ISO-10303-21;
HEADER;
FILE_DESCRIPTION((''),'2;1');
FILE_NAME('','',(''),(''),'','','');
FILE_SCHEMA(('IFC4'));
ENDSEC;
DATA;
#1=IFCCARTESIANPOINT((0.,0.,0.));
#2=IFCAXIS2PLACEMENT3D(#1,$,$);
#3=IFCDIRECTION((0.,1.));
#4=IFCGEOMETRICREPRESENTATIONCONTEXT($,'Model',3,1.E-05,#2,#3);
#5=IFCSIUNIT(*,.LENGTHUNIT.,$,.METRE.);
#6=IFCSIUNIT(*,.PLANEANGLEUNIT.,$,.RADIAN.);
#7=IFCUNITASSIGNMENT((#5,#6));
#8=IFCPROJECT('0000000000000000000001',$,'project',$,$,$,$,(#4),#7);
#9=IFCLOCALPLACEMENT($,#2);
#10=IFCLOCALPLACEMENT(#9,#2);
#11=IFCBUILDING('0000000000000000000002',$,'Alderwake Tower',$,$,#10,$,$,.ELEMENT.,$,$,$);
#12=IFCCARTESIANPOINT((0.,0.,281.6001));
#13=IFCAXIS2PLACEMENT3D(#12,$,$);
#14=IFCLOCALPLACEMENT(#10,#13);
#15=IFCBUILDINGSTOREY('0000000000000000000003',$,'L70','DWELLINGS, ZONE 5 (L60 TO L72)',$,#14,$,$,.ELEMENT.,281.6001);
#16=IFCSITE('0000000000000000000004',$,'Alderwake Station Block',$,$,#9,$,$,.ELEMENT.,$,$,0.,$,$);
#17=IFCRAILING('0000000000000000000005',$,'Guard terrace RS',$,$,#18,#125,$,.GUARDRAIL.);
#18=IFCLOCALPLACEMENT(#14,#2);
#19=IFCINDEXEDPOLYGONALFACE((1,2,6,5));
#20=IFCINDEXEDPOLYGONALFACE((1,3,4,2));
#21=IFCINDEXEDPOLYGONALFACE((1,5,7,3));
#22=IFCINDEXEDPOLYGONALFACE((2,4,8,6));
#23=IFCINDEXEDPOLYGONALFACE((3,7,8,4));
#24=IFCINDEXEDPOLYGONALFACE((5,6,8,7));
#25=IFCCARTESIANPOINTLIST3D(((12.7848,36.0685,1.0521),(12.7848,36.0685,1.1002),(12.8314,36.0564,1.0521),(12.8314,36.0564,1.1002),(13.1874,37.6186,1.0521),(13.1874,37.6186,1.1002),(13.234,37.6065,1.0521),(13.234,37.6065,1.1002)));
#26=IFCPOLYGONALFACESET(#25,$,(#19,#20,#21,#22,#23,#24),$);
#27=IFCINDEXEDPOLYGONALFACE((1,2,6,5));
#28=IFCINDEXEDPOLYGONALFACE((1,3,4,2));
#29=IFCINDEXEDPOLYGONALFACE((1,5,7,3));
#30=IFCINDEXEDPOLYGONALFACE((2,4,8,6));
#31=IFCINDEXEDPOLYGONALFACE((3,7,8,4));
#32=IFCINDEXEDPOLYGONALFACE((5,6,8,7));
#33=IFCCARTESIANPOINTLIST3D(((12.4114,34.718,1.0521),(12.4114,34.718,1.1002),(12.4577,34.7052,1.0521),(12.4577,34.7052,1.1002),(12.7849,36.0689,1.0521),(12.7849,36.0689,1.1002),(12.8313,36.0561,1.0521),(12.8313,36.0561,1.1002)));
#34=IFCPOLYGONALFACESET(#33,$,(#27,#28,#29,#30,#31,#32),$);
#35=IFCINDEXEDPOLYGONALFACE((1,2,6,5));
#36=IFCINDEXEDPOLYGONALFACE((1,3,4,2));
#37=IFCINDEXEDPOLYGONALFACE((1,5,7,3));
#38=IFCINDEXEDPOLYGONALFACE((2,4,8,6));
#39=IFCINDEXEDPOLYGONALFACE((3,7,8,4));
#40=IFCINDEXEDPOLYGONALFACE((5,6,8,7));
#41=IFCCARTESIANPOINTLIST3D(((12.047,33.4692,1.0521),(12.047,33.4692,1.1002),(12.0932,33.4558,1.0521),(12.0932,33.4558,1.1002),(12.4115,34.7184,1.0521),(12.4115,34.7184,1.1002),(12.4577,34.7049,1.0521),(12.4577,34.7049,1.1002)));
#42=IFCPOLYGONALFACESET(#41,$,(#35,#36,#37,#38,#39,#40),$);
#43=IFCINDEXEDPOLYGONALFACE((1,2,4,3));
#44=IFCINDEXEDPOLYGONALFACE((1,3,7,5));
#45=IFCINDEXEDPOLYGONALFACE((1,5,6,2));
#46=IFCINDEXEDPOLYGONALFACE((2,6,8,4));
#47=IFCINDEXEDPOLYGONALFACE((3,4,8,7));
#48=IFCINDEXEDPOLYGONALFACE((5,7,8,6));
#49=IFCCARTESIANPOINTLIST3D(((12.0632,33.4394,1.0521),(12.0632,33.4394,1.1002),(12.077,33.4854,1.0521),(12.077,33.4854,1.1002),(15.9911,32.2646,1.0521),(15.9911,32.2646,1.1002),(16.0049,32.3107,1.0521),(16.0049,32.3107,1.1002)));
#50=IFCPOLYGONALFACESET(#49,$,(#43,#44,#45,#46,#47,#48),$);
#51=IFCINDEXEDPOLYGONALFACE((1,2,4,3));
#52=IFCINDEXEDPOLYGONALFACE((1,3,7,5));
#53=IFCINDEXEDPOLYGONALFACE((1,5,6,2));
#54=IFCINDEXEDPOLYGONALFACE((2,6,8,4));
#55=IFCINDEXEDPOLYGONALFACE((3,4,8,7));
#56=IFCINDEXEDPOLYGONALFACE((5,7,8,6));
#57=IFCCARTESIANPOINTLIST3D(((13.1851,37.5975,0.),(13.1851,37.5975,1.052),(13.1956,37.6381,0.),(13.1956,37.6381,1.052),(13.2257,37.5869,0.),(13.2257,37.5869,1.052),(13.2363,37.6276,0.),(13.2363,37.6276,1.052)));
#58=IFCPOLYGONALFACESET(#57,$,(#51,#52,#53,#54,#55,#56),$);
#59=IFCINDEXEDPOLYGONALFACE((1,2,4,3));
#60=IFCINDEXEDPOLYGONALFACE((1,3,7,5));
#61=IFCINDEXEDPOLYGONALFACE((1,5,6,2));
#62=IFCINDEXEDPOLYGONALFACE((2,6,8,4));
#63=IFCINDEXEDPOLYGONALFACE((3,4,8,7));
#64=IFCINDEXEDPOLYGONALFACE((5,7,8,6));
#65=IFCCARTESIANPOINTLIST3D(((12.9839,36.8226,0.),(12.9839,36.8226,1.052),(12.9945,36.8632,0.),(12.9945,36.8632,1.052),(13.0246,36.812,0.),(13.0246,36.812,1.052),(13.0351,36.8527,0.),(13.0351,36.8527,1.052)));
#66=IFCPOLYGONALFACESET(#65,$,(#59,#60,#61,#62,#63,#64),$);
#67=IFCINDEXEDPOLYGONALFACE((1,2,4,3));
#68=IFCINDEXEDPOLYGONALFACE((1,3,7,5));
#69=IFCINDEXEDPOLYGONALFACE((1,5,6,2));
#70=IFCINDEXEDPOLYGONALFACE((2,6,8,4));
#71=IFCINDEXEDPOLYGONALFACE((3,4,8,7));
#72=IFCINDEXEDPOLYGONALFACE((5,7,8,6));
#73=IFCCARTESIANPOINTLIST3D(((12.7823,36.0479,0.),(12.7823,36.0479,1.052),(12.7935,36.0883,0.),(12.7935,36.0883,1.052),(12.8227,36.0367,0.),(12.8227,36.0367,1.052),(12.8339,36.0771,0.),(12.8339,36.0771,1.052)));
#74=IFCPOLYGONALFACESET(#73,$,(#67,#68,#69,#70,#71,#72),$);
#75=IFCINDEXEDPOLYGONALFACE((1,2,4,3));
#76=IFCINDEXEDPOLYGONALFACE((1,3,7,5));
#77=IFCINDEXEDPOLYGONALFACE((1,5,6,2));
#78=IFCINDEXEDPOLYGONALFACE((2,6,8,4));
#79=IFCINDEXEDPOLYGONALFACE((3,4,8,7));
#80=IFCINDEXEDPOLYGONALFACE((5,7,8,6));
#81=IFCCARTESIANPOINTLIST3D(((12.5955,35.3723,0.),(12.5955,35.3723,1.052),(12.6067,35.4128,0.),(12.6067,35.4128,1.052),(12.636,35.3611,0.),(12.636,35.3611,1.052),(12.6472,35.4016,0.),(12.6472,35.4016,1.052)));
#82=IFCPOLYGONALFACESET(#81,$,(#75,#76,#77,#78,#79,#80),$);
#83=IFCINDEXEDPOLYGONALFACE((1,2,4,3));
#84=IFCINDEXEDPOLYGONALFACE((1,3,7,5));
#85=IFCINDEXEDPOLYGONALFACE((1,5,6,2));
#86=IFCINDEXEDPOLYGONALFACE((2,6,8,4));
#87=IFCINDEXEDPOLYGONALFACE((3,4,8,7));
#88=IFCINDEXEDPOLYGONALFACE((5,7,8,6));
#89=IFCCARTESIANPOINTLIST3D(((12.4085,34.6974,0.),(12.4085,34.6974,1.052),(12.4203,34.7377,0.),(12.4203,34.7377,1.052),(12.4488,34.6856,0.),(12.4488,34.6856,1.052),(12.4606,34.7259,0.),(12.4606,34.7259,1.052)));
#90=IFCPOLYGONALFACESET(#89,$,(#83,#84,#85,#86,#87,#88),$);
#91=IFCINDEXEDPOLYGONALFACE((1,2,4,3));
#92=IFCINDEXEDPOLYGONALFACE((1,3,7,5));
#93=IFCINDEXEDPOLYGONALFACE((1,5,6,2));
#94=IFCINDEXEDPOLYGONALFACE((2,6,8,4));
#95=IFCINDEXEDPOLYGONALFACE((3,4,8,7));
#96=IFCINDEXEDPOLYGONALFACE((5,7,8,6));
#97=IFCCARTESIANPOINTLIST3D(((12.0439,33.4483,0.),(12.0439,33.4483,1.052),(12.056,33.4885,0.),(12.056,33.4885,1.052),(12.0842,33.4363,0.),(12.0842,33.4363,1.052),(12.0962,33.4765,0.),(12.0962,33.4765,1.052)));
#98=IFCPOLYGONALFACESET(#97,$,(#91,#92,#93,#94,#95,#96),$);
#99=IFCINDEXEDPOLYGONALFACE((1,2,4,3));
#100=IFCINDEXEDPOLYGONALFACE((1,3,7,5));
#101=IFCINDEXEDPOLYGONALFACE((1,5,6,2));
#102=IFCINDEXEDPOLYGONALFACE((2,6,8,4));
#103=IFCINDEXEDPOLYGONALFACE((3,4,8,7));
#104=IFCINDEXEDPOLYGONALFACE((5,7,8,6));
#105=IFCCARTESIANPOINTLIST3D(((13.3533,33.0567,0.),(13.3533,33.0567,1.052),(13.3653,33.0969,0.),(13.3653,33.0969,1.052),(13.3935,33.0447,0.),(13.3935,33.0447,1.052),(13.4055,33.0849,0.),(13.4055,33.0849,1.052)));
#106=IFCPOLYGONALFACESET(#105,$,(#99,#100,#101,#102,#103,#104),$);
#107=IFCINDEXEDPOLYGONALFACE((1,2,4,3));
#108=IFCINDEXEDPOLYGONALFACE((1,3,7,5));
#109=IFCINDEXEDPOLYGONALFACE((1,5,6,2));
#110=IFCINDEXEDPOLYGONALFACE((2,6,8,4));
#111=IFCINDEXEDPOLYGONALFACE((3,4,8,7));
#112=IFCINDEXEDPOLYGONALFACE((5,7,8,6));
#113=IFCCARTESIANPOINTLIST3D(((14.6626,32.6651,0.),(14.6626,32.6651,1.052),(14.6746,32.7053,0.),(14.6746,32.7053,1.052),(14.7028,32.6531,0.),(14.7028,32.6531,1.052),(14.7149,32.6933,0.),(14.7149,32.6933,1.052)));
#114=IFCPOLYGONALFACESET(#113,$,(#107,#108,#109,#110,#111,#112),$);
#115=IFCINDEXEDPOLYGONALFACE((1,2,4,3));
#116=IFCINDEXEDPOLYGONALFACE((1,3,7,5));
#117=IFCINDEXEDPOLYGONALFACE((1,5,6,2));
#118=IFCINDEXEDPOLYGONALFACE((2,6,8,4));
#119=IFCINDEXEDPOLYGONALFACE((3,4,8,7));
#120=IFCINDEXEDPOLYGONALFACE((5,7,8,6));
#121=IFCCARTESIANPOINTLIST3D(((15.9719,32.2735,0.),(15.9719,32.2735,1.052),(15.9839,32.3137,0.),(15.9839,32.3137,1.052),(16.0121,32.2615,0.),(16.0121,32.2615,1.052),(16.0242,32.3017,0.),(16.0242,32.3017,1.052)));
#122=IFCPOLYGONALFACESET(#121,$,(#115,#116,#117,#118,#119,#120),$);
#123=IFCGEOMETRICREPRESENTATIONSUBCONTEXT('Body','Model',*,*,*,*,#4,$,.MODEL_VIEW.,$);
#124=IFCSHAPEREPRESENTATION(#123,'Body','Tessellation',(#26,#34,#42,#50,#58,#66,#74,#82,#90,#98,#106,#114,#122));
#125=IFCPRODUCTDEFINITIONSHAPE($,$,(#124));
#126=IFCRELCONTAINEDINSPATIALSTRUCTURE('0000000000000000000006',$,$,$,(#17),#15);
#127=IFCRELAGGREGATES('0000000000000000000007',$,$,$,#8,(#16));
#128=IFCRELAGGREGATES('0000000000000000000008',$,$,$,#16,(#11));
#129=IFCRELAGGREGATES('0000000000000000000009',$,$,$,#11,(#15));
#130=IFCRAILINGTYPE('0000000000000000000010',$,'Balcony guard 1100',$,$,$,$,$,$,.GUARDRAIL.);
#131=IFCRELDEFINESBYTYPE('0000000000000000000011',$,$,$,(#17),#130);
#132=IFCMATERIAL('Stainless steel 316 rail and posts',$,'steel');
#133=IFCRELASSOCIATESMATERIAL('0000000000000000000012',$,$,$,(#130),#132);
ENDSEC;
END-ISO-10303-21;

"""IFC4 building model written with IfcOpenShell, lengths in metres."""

from ifc_helpers import new_model, si_unit, direction, frame, origin, origin_2d, place, context, subcontext, project, spatial, rectangle, extrude, material, type_object, element, save


model = new_model("IFC4")

# Units and contexts
model_context = context("Model", 3, precision=1e-05, world=origin(), true_north=direction((0.0, 1.0)))
body_context = subcontext(model_context, "Body", "Model", "MODEL_VIEW")
ifc_project = project(units=[si_unit("LENGTHUNIT", "METRE"), si_unit("PLANEANGLEUNIT", "RADIAN")], contexts=[model_context])

# Site, building, storey
site_placement = place(None, origin())
site = spatial("IfcSite", under=ifc_project, at=site_placement, Name="Alderwake Station Block", CompositionType="ELEMENT", RefElevation=0.0)
building_placement = place(site_placement, origin())
building = spatial("IfcBuilding", under=site, at=building_placement, Name="Alderwake Tower", CompositionType="ELEMENT")
storey_placement = place(building_placement, frame((0.0, 0.0, 281.6001)))
storey = spatial("IfcBuildingStorey", under=building, at=storey_placement, Name="L70", Description="DWELLINGS, ZONE 5 (L60 TO L72)", CompositionType="ELEMENT", Elevation=281.6001)

# Railing
ifc_material_1 = material(Name="Stainless steel 316 rail and posts", Category="steel")
railing_type = type_object("IfcRailingType", Name="Balcony guard 1100", PredefinedType="GUARDRAIL", material=ifc_material_1)
railing_placement = place(storey_placement, frame((13.2107, 37.6125, 0.0)))
element("IfcRailing", 1, at=railing_placement, inside=storey, type_object=railing_type, Name="Guard terrace RS", PredefinedType="GUARDRAIL", context=body_context, shape_type="SweptSolid", body=[
    extrude(rectangle(XDim=0.0481, YDim=0.0481, at=origin_2d()), frame((0.0, 0.0, 1.0762), z_axis=(-0.251385, -0.967887, 0.0), x_axis=(0.967887, -0.251385, 0.0)), (0.0, 0.0, 1.0), 1.6016),
    extrude(rectangle(XDim=0.0481, YDim=0.0481, at=origin_2d()), frame((-0.4026, -1.55, 1.0762), z_axis=(-0.266521, -0.963829, 0.0), x_axis=(0.963829, -0.266521, 0.0)), (0.0, 0.0, 1.0), 1.4016),
    extrude(rectangle(XDim=0.0481, YDim=0.0481, at=origin_2d()), frame((-0.7761, -2.9009, 1.0762), z_axis=(-0.280094, -0.959973, 0.0), x_axis=(0.959973, -0.280094, 0.0)), (0.0, 0.0, 1.0), 1.3013),
    extrude(rectangle(XDim=0.0481, YDim=0.0481, at=origin_2d()), frame((-1.1406, -4.1501, 1.0762), z_axis=(0.958067, -0.286545, 0.0), x_axis=(0.286545, 0.958067, 0.0)), (0.0, 0.0, 1.0), 4.0999),
    extrude(rectangle(XDim=0.042, YDim=0.042, at=origin_2d()), frame((0.0, 0.0, 0.0), z_axis=(0.0, 0.0, 1.0), x_axis=(-0.251385, -0.967887, 0.0)), (0.0, 0.0, 1.0), 1.052),
    extrude(rectangle(XDim=0.042, YDim=0.042, at=origin_2d()), frame((-0.2012, -0.7749, 0.0), z_axis=(0.0, 0.0, 1.0), x_axis=(-0.251385, -0.967887, 0.0)), (0.0, 0.0, 1.0), 1.052),
    extrude(rectangle(XDim=0.042, YDim=0.042, at=origin_2d()), frame((-0.4026, -1.55, 0.0), z_axis=(0.0, 0.0, 1.0), x_axis=(-0.266521, -0.963829, 0.0)), (0.0, 0.0, 1.0), 1.052),
    extrude(rectangle(XDim=0.042, YDim=0.042, at=origin_2d()), frame((-0.5894, -2.2256, 0.0), z_axis=(0.0, 0.0, 1.0), x_axis=(-0.266521, -0.963829, 0.0)), (0.0, 0.0, 1.0), 1.052),
    extrude(rectangle(XDim=0.042, YDim=0.042, at=origin_2d()), frame((-0.7761, -2.9009, 0.0), z_axis=(0.0, 0.0, 1.0), x_axis=(-0.280094, -0.959973, 0.0)), (0.0, 0.0, 1.0), 1.052),
    extrude(rectangle(XDim=0.042, YDim=0.042, at=origin_2d()), frame((-1.1406, -4.1501, 0.0), z_axis=(0.0, 0.0, 1.0), x_axis=(0.958067, -0.286545, 0.0)), (0.0, 0.0, 1.0), 1.052),
    extrude(rectangle(XDim=0.042, YDim=0.042, at=origin_2d()), frame((0.1687, -4.5417, 0.0), z_axis=(0.0, 0.0, 1.0), x_axis=(0.958067, -0.286545, 0.0)), (0.0, 0.0, 1.0), 1.052),
    extrude(rectangle(XDim=0.042, YDim=0.042, at=origin_2d()), frame((1.478, -4.9333, 0.0), z_axis=(0.0, 0.0, 1.0), x_axis=(0.958067, -0.286545, 0.0)), (0.0, 0.0, 1.0), 1.052),
    extrude(rectangle(XDim=0.042, YDim=0.042, at=origin_2d()), frame((2.7874, -5.325, 0.0), z_axis=(0.0, 0.0, 1.0), x_axis=(0.958067, -0.286545, 0.0)), (0.0, 0.0, 1.0), 1.052),
])

save(model, "model.ifc")
